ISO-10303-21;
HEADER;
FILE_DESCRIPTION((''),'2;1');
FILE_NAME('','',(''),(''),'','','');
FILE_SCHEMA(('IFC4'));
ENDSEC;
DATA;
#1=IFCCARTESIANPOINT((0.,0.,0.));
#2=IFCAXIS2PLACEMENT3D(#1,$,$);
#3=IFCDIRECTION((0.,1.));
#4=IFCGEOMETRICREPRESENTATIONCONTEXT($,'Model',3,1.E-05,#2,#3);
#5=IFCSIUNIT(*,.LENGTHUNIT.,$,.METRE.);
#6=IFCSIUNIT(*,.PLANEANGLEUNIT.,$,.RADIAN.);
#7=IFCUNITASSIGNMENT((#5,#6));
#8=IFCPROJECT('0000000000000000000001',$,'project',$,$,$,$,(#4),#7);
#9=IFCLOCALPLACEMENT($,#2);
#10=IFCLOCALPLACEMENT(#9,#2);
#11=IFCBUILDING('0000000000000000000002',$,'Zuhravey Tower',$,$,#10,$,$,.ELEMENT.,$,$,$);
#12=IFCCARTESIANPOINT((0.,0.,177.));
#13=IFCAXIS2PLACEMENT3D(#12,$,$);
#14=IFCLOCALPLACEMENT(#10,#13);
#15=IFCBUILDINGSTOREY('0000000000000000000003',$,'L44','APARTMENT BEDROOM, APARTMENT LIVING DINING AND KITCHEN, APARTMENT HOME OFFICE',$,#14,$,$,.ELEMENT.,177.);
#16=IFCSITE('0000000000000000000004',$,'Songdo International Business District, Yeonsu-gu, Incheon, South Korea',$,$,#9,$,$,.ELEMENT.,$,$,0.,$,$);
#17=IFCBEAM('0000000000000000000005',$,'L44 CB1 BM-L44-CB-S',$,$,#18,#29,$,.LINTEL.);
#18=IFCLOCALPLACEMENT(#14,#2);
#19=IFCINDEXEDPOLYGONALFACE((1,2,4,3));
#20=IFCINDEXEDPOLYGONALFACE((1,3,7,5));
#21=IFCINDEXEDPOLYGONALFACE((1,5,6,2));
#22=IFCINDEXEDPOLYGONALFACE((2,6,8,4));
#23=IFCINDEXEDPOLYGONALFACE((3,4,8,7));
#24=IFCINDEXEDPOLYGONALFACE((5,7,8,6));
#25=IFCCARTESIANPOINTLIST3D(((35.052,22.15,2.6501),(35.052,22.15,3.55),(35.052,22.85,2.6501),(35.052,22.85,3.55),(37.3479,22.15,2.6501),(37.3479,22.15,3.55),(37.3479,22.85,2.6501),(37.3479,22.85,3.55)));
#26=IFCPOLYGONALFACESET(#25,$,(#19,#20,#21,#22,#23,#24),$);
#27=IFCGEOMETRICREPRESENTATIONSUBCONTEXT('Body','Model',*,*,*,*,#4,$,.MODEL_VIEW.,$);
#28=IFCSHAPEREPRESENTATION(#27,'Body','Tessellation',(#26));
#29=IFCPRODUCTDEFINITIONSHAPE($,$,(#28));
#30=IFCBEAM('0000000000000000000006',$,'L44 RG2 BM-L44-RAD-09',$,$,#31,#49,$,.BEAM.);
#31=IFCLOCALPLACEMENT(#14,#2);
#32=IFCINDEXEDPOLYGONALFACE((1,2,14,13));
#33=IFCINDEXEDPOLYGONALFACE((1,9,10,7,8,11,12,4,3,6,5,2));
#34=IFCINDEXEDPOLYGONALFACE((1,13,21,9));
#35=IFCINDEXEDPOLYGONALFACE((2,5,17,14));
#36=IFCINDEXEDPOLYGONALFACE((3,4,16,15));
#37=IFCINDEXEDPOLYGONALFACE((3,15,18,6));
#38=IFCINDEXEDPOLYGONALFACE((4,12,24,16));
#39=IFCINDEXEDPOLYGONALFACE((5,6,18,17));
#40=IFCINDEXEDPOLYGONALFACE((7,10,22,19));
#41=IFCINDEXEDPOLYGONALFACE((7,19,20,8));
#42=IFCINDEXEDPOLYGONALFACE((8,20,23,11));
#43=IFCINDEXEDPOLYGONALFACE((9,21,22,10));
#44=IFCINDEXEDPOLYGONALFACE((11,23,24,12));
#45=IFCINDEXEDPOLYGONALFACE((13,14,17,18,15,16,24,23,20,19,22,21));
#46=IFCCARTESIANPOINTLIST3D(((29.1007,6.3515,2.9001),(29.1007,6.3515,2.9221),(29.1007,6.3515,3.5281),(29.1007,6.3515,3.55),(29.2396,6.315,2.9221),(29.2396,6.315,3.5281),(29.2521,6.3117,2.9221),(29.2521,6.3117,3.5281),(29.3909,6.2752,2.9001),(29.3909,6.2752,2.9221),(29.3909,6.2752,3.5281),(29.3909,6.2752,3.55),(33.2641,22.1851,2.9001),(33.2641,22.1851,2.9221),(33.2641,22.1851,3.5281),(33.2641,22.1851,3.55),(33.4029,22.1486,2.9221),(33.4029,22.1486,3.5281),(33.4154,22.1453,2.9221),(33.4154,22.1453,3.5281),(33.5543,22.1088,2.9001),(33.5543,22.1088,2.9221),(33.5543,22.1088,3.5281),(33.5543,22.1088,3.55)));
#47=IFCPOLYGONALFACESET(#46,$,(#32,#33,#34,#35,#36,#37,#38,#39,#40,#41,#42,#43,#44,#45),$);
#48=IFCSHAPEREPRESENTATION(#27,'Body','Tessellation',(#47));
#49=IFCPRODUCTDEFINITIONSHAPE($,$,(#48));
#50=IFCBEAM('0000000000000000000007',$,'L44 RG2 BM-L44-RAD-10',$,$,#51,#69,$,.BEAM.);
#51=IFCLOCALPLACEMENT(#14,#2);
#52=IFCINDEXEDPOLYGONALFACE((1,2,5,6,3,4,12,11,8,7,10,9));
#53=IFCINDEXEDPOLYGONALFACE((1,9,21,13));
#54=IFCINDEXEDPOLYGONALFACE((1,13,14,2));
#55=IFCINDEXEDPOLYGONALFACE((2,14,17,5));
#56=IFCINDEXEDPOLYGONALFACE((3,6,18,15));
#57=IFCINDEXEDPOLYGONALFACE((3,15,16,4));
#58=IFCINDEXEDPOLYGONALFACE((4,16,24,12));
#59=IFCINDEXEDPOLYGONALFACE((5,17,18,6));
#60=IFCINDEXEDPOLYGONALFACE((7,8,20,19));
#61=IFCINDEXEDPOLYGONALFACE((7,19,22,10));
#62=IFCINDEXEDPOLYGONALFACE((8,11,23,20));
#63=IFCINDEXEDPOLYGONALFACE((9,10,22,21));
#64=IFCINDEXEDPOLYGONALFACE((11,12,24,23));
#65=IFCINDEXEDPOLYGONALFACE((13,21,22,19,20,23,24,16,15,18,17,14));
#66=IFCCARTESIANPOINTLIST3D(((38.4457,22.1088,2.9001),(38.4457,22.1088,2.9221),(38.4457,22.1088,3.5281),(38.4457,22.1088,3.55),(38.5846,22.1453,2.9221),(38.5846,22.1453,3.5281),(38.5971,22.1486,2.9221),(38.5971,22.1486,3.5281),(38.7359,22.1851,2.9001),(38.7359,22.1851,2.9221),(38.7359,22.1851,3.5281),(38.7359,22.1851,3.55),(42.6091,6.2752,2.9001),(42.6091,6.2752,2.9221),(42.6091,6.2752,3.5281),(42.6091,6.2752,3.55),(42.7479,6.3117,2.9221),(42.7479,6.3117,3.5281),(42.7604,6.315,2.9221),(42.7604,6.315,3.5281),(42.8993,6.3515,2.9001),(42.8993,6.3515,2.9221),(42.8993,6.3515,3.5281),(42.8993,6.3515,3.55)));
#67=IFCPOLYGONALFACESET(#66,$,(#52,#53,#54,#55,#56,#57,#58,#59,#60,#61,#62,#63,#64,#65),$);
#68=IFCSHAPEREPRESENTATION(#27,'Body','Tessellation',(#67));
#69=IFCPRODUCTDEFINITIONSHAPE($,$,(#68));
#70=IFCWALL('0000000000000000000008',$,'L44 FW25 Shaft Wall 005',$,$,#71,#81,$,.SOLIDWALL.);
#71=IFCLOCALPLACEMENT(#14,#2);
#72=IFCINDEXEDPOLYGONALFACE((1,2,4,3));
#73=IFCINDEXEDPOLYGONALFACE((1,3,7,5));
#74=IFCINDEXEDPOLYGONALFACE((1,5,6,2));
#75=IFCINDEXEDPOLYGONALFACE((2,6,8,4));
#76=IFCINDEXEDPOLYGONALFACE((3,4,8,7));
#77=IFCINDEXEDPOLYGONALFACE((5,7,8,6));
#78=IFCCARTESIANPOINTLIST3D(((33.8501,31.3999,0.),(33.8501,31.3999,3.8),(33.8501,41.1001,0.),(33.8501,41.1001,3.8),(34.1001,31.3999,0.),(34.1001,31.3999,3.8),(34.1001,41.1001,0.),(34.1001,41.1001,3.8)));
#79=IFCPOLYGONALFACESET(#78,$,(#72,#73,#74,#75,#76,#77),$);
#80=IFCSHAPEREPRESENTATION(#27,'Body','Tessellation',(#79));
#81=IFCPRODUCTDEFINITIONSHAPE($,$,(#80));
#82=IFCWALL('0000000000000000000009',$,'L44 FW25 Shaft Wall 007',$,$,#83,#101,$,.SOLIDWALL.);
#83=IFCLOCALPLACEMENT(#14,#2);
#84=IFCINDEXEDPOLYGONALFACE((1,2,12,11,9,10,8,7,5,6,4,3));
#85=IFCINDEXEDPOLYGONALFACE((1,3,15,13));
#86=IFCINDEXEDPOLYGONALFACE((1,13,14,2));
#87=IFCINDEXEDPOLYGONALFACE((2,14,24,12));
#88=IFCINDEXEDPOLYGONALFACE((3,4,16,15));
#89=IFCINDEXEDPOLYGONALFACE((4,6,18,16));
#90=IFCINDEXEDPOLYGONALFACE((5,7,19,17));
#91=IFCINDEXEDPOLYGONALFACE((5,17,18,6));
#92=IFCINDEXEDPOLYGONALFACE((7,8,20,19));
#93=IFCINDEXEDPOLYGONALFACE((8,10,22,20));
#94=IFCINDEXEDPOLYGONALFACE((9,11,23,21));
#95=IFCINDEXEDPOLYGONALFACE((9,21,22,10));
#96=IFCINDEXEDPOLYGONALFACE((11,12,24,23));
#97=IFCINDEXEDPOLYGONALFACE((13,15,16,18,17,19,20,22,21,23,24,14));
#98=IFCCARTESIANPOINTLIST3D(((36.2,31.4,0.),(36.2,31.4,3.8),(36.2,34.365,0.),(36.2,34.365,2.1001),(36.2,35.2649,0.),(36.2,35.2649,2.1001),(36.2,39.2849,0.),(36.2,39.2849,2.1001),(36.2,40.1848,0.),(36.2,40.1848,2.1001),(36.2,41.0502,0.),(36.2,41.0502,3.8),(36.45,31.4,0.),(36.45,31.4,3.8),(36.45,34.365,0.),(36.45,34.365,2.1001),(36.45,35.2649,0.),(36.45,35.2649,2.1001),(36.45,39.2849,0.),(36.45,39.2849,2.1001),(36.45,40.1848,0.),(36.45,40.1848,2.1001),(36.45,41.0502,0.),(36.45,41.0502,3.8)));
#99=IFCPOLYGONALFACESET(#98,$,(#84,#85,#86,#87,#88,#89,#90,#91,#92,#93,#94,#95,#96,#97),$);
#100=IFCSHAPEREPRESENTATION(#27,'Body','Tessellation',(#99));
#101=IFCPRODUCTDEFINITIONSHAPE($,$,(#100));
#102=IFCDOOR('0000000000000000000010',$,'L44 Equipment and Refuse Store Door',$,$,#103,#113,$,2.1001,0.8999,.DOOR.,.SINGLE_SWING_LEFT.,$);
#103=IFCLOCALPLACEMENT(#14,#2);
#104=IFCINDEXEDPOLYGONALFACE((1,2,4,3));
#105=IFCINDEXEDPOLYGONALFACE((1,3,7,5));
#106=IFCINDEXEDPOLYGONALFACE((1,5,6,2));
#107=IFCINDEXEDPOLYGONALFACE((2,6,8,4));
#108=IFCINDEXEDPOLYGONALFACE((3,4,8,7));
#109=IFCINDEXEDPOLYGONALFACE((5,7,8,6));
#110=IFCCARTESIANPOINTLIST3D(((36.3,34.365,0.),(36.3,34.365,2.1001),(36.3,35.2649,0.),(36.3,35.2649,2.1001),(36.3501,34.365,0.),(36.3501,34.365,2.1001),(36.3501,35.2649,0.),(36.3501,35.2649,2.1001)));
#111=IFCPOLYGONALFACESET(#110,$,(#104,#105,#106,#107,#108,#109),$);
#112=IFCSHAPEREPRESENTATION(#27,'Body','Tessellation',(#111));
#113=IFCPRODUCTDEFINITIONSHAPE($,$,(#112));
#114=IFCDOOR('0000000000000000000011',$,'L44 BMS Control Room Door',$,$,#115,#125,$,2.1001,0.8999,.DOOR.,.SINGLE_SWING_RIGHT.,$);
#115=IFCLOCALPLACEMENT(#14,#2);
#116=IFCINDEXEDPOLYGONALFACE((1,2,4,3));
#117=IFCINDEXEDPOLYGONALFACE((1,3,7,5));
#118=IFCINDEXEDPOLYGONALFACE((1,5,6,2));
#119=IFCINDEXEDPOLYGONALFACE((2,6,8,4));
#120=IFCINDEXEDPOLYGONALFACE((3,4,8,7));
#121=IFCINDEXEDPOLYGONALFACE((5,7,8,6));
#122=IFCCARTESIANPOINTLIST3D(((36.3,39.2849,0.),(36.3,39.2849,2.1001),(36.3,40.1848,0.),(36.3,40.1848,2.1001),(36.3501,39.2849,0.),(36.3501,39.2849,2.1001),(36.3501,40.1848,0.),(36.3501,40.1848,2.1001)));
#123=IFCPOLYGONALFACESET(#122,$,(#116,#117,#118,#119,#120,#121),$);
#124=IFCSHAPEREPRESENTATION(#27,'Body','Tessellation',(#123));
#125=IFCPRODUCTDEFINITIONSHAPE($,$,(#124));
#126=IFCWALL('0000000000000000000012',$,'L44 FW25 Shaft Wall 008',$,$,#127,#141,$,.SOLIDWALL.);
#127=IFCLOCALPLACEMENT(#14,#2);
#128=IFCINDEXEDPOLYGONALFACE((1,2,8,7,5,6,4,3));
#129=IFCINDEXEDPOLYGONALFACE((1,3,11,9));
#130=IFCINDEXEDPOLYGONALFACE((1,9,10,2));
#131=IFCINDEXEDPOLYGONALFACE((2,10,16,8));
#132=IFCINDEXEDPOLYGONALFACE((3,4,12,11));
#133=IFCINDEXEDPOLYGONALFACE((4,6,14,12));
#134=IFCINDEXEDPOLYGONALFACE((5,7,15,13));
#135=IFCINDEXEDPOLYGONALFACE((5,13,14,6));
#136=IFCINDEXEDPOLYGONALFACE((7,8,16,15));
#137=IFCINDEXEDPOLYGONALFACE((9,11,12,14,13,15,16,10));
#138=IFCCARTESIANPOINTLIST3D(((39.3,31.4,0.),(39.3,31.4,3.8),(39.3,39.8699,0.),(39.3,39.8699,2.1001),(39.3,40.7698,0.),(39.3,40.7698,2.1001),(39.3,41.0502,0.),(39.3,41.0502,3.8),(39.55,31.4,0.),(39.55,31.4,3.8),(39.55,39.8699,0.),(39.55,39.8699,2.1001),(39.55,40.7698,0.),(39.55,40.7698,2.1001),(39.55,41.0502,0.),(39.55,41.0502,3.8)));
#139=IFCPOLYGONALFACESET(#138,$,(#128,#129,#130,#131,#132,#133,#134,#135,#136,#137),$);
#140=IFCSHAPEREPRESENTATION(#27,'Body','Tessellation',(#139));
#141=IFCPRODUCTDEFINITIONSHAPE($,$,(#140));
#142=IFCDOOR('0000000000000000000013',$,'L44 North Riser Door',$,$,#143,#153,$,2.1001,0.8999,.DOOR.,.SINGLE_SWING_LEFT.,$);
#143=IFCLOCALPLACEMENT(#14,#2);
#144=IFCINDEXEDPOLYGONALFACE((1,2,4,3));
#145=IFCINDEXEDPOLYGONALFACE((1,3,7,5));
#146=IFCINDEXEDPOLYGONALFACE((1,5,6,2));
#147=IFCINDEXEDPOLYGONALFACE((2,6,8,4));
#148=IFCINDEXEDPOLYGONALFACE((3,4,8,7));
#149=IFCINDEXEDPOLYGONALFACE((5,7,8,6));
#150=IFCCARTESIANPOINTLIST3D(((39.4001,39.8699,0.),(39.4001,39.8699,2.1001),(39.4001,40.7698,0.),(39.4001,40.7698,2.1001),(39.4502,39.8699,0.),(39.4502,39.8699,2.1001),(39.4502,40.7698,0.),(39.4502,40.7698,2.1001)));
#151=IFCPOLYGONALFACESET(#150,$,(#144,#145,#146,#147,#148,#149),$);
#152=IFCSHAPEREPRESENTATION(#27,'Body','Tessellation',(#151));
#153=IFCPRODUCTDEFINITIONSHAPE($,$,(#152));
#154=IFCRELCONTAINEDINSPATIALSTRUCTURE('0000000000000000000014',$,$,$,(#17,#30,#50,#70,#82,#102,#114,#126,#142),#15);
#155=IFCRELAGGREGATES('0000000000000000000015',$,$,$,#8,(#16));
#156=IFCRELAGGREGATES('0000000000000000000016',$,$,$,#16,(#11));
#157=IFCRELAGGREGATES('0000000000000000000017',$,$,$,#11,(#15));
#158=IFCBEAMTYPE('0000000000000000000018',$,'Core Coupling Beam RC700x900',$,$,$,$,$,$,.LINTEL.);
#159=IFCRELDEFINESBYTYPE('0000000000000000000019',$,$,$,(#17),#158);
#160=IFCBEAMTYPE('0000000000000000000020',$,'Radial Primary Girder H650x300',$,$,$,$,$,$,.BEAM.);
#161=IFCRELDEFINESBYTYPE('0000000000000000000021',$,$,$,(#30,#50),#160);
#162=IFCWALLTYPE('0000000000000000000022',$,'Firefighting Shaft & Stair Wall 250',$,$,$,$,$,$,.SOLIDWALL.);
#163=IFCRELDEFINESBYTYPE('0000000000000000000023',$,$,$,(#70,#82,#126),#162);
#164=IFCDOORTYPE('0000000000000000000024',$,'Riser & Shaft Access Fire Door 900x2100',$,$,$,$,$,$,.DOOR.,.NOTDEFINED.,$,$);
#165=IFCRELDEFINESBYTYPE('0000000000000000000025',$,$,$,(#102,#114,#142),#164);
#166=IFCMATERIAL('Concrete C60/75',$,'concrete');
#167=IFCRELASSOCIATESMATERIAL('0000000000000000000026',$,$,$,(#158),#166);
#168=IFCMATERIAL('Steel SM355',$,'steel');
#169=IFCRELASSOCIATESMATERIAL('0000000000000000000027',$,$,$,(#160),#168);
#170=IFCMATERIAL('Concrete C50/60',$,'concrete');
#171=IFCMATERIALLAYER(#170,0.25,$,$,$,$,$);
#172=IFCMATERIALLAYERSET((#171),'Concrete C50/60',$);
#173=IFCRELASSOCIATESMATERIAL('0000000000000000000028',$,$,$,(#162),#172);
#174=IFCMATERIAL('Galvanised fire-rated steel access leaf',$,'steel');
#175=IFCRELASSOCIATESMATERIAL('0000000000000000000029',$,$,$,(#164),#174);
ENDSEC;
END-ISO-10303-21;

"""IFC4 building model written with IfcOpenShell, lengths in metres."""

from ifc_helpers import new_model, si_unit, direction, frame, frame_2d, origin, origin_2d, place, context, subcontext, project, spatial, rectangle, i_section, extrude, material, layer, layer_set, material_profile, profile_set, type_object, element, fill, save


model = new_model("IFC4")

# Units and contexts
model_context = context("Model", 3, precision=1e-05, world=origin(), true_north=direction((0.0, 1.0)))
body_context = subcontext(model_context, "Body", "Model", "MODEL_VIEW")
ifc_project = project(units=[si_unit("LENGTHUNIT", "METRE"), si_unit("PLANEANGLEUNIT", "RADIAN")], contexts=[model_context])

# Site, building, storey
site_placement = place(None, origin())
site = spatial("IfcSite", under=ifc_project, at=site_placement, Name="Songdo International Business District, Yeonsu-gu, Incheon, South Korea", CompositionType="ELEMENT", RefElevation=0.0)
building_placement = place(site_placement, origin())
building = spatial("IfcBuilding", under=site, at=building_placement, Name="Zuhravey Tower", CompositionType="ELEMENT")
storey_placement = place(building_placement, frame((0.0, 0.0, 177.0)))
storey = spatial("IfcBuildingStorey", under=building, at=storey_placement, Name="L44", Description="APARTMENT BEDROOM, APARTMENT LIVING DINING AND KITCHEN, APARTMENT HOME OFFICE", CompositionType="ELEMENT", Elevation=177.0)

# Beams
ifc_material_1 = material(Name="Concrete C60/75", Category="concrete")
ifc_material_profile_1 = material_profile(ifc_material_1, rectangle(XDim=0.7, YDim=0.8999, at=origin_2d()), Name="RC-700x900")
ifc_profile_set_1 = profile_set([ifc_material_profile_1], Name="Concrete C60/75")
beam_type_1 = type_object("IfcBeamType", Name="Core Coupling Beam RC700x900", PredefinedType="LINTEL", material=ifc_profile_set_1)
beam_placement = place(storey_placement, frame((35.052, 22.5, 3.1001), z_axis=(1.0, 0.0, 0.0), x_axis=(0.0, 1.0, 0.0)))
element("IfcBeam", 1, at=beam_placement, inside=storey, type_object=beam_type_1, Name="L44 CB1 BM-L44-CB-S", PredefinedType="LINTEL", context=body_context, shape_type="SweptSolid", body=[
    extrude(rectangle(XDim=0.7, YDim=0.8999, at=origin_2d()), origin(), (0.0, 0.0, 1.0), 2.2959),
])
ifc_material_2 = material(Name="Steel SM355", Category="steel")
ifc_material_profile_2 = material_profile(ifc_material_2, i_section(OverallWidth=0.3, OverallDepth=0.6499, WebThickness=0.0129, FlangeThickness=0.022, at=origin_2d()), Name="H-650x300x13x22")
ifc_profile_set_2 = profile_set([ifc_material_profile_2], Name="Steel SM355")
beam_type_2 = type_object("IfcBeamType", Name="Radial Primary Girder H650x300", PredefinedType="BEAM", material=ifc_profile_set_2)
for number, where, z_axis, x_axis, name in (
    (2, (33.4092, 22.147, 3.2251), (-0.2543, -0.967125, 0.0), (0.967125, -0.2543, 0.0), "L44 RG2 BM-L44-RAD-09"),
    (3, (38.5908, 22.147, 3.2251), (0.2543, -0.967125, 0.0), (0.967125, 0.2543, 0.0), "L44 RG2 BM-L44-RAD-10"),
):
    element("IfcBeam", number, at=place(storey_placement, frame(where, z_axis=z_axis, x_axis=x_axis)), inside=storey, type_object=beam_type_2, Name=name, PredefinedType="BEAM", context=body_context, shape_type="SweptSolid", body=[
        extrude(i_section(OverallWidth=0.3, OverallDepth=0.6499, WebThickness=0.0129, FlangeThickness=0.022, at=origin_2d()), origin(), (0.0, 0.0, 1.0), 16.3718),
    ])

# Shared definitions
ifc_material_3 = material(Name="Concrete C50/60", Category="concrete")
ifc_layer_1 = layer(ifc_material_3, 0.25)
ifc_layer_set_1 = layer_set([ifc_layer_1], Name="Concrete C50/60")
wall_type_1 = type_object("IfcWallType", Name="Firefighting Shaft & Stair Wall 250", PredefinedType="SOLIDWALL", material=ifc_layer_set_1)

# Wall
wall_1_placement = place(storey_placement, frame((33.9751, 31.3999, 0.0), z_axis=(0.0, 0.0, 1.0), x_axis=(0.0, 1.0, 0.0)))
element("IfcWall", 4, at=wall_1_placement, inside=storey, type_object=wall_type_1, Name="L44 FW25 Shaft Wall 005", PredefinedType="SOLIDWALL", context=body_context, shape_type="SweptSolid", body=[
    extrude(rectangle(XDim=9.7002, YDim=0.25, at=frame_2d((4.8501, 0.0))), origin(), (0.0, 0.0, 1.0), 3.8),
])

# Wall, openings, doors
wall_2_placement = place(storey_placement, frame((36.325, 31.3999, 0.0), z_axis=(0.0, 0.0, 1.0), x_axis=(0.0, 1.0, 0.0)))
wall_2 = element("IfcWall", 5, at=wall_2_placement, inside=storey, type_object=wall_type_1, Name="L44 FW25 Shaft Wall 007", PredefinedType="SOLIDWALL", context=body_context, shape_type="SweptSolid", body=[
    extrude(rectangle(XDim=9.6501, YDim=0.25, at=frame_2d((4.8252, 0.0))), origin(), (0.0, 0.0, 1.0), 3.8),
])
opening_1_placement = place(wall_2_placement, frame((2.9651, 0.0, 0.0)))
opening_1 = element("IfcOpeningElement", 6, at=opening_1_placement, cuts=wall_2, PredefinedType="OPENING", context=body_context, shape_type="SweptSolid", body=[
    extrude(rectangle(XDim=0.8999, YDim=2.1001, at=frame_2d((0.45, 1.05))), frame((0.0, 0.137, 0.0), z_axis=(0.0, -1.0, 0.0), x_axis=(1.0, 0.0, 0.0)), (0.0, 0.0, 1.0), 0.2739),
])
opening_2_placement = place(wall_2_placement, frame((7.885, 0.0, 0.0)))
opening_2 = element("IfcOpeningElement", 7, at=opening_2_placement, cuts=wall_2, PredefinedType="OPENING", context=body_context, shape_type="SweptSolid", body=[
    extrude(rectangle(XDim=0.8999, YDim=2.1001, at=frame_2d((0.45, 1.05))), frame((0.0, 0.137, 0.0), z_axis=(0.0, -1.0, 0.0), x_axis=(1.0, 0.0, 0.0)), (0.0, 0.0, 1.0), 0.2739),
])
ifc_material_4 = material(Name="Galvanised fire-rated steel access leaf", Category="steel")
door_type_1 = type_object("IfcDoorType", Name="Riser & Shaft Access Fire Door 900x2100", OperationType="NOTDEFINED", PredefinedType="DOOR", material=ifc_material_4)
door_1_placement = place(opening_1_placement, origin())
door_1 = element("IfcDoor", 8, at=door_1_placement, inside=storey, type_object=door_type_1, Name="L44 Equipment and Refuse Store Door", OperationType="SINGLE_SWING_LEFT", OverallHeight=2.1001, OverallWidth=0.8999, PredefinedType="DOOR", context=body_context, shape_type="SweptSolid", body=[
    extrude(rectangle(XDim=0.8999, YDim=2.1001, at=frame_2d((0.45, 1.05))), frame((0.0, 0.0249, 0.0), z_axis=(0.0, -1.0, 0.0), x_axis=(1.0, 0.0, 0.0)), (0.0, 0.0, 1.0), 0.05),
])
fill(opening_1, door_1)
door_2_placement = place(opening_2_placement, origin())
door_2 = element("IfcDoor", 9, at=door_2_placement, inside=storey, type_object=door_type_1, Name="L44 BMS Control Room Door", OperationType="SINGLE_SWING_RIGHT", OverallHeight=2.1001, OverallWidth=0.8999, PredefinedType="DOOR", context=body_context, shape_type="SweptSolid", body=[
    extrude(rectangle(XDim=0.8999, YDim=2.1001, at=frame_2d((0.45, 1.05))), frame((0.0, 0.0249, 0.0), z_axis=(0.0, -1.0, 0.0), x_axis=(1.0, 0.0, 0.0)), (0.0, 0.0, 1.0), 0.05),
])
fill(opening_2, door_2)

# Wall, opening, door
wall_3_placement = place(storey_placement, frame((39.425, 31.3999, 0.0), z_axis=(0.0, 0.0, 1.0), x_axis=(0.0, 1.0, 0.0)))
wall_3 = element("IfcWall", 10, at=wall_3_placement, inside=storey, type_object=wall_type_1, Name="L44 FW25 Shaft Wall 008", PredefinedType="SOLIDWALL", context=body_context, shape_type="SweptSolid", body=[
    extrude(rectangle(XDim=9.6501, YDim=0.25, at=frame_2d((4.8252, 0.0))), origin(), (0.0, 0.0, 1.0), 3.8),
])
opening_3_placement = place(wall_3_placement, frame((8.47, 0.0, 0.0)))
opening_3 = element("IfcOpeningElement", 11, at=opening_3_placement, cuts=wall_3, PredefinedType="OPENING", context=body_context, shape_type="SweptSolid", body=[
    extrude(rectangle(XDim=0.8999, YDim=2.1001, at=frame_2d((0.45, 1.05))), frame((0.0, 0.137, 0.0), z_axis=(0.0, -1.0, 0.0), x_axis=(1.0, 0.0, 0.0)), (0.0, 0.0, 1.0), 0.2739),
])
door_3_placement = place(opening_3_placement, origin())
door_3 = element("IfcDoor", 12, at=door_3_placement, inside=storey, type_object=door_type_1, Name="L44 North Riser Door", OperationType="SINGLE_SWING_LEFT", OverallHeight=2.1001, OverallWidth=0.8999, PredefinedType="DOOR", context=body_context, shape_type="SweptSolid", body=[
    extrude(rectangle(XDim=0.8999, YDim=2.1001, at=frame_2d((0.45, 1.05))), frame((0.0, 0.0249, 0.0), z_axis=(0.0, -1.0, 0.0), x_axis=(1.0, 0.0, 0.0)), (0.0, 0.0, 1.0), 0.05),
])
fill(opening_3, door_3)

save(model, "model.ifc")
